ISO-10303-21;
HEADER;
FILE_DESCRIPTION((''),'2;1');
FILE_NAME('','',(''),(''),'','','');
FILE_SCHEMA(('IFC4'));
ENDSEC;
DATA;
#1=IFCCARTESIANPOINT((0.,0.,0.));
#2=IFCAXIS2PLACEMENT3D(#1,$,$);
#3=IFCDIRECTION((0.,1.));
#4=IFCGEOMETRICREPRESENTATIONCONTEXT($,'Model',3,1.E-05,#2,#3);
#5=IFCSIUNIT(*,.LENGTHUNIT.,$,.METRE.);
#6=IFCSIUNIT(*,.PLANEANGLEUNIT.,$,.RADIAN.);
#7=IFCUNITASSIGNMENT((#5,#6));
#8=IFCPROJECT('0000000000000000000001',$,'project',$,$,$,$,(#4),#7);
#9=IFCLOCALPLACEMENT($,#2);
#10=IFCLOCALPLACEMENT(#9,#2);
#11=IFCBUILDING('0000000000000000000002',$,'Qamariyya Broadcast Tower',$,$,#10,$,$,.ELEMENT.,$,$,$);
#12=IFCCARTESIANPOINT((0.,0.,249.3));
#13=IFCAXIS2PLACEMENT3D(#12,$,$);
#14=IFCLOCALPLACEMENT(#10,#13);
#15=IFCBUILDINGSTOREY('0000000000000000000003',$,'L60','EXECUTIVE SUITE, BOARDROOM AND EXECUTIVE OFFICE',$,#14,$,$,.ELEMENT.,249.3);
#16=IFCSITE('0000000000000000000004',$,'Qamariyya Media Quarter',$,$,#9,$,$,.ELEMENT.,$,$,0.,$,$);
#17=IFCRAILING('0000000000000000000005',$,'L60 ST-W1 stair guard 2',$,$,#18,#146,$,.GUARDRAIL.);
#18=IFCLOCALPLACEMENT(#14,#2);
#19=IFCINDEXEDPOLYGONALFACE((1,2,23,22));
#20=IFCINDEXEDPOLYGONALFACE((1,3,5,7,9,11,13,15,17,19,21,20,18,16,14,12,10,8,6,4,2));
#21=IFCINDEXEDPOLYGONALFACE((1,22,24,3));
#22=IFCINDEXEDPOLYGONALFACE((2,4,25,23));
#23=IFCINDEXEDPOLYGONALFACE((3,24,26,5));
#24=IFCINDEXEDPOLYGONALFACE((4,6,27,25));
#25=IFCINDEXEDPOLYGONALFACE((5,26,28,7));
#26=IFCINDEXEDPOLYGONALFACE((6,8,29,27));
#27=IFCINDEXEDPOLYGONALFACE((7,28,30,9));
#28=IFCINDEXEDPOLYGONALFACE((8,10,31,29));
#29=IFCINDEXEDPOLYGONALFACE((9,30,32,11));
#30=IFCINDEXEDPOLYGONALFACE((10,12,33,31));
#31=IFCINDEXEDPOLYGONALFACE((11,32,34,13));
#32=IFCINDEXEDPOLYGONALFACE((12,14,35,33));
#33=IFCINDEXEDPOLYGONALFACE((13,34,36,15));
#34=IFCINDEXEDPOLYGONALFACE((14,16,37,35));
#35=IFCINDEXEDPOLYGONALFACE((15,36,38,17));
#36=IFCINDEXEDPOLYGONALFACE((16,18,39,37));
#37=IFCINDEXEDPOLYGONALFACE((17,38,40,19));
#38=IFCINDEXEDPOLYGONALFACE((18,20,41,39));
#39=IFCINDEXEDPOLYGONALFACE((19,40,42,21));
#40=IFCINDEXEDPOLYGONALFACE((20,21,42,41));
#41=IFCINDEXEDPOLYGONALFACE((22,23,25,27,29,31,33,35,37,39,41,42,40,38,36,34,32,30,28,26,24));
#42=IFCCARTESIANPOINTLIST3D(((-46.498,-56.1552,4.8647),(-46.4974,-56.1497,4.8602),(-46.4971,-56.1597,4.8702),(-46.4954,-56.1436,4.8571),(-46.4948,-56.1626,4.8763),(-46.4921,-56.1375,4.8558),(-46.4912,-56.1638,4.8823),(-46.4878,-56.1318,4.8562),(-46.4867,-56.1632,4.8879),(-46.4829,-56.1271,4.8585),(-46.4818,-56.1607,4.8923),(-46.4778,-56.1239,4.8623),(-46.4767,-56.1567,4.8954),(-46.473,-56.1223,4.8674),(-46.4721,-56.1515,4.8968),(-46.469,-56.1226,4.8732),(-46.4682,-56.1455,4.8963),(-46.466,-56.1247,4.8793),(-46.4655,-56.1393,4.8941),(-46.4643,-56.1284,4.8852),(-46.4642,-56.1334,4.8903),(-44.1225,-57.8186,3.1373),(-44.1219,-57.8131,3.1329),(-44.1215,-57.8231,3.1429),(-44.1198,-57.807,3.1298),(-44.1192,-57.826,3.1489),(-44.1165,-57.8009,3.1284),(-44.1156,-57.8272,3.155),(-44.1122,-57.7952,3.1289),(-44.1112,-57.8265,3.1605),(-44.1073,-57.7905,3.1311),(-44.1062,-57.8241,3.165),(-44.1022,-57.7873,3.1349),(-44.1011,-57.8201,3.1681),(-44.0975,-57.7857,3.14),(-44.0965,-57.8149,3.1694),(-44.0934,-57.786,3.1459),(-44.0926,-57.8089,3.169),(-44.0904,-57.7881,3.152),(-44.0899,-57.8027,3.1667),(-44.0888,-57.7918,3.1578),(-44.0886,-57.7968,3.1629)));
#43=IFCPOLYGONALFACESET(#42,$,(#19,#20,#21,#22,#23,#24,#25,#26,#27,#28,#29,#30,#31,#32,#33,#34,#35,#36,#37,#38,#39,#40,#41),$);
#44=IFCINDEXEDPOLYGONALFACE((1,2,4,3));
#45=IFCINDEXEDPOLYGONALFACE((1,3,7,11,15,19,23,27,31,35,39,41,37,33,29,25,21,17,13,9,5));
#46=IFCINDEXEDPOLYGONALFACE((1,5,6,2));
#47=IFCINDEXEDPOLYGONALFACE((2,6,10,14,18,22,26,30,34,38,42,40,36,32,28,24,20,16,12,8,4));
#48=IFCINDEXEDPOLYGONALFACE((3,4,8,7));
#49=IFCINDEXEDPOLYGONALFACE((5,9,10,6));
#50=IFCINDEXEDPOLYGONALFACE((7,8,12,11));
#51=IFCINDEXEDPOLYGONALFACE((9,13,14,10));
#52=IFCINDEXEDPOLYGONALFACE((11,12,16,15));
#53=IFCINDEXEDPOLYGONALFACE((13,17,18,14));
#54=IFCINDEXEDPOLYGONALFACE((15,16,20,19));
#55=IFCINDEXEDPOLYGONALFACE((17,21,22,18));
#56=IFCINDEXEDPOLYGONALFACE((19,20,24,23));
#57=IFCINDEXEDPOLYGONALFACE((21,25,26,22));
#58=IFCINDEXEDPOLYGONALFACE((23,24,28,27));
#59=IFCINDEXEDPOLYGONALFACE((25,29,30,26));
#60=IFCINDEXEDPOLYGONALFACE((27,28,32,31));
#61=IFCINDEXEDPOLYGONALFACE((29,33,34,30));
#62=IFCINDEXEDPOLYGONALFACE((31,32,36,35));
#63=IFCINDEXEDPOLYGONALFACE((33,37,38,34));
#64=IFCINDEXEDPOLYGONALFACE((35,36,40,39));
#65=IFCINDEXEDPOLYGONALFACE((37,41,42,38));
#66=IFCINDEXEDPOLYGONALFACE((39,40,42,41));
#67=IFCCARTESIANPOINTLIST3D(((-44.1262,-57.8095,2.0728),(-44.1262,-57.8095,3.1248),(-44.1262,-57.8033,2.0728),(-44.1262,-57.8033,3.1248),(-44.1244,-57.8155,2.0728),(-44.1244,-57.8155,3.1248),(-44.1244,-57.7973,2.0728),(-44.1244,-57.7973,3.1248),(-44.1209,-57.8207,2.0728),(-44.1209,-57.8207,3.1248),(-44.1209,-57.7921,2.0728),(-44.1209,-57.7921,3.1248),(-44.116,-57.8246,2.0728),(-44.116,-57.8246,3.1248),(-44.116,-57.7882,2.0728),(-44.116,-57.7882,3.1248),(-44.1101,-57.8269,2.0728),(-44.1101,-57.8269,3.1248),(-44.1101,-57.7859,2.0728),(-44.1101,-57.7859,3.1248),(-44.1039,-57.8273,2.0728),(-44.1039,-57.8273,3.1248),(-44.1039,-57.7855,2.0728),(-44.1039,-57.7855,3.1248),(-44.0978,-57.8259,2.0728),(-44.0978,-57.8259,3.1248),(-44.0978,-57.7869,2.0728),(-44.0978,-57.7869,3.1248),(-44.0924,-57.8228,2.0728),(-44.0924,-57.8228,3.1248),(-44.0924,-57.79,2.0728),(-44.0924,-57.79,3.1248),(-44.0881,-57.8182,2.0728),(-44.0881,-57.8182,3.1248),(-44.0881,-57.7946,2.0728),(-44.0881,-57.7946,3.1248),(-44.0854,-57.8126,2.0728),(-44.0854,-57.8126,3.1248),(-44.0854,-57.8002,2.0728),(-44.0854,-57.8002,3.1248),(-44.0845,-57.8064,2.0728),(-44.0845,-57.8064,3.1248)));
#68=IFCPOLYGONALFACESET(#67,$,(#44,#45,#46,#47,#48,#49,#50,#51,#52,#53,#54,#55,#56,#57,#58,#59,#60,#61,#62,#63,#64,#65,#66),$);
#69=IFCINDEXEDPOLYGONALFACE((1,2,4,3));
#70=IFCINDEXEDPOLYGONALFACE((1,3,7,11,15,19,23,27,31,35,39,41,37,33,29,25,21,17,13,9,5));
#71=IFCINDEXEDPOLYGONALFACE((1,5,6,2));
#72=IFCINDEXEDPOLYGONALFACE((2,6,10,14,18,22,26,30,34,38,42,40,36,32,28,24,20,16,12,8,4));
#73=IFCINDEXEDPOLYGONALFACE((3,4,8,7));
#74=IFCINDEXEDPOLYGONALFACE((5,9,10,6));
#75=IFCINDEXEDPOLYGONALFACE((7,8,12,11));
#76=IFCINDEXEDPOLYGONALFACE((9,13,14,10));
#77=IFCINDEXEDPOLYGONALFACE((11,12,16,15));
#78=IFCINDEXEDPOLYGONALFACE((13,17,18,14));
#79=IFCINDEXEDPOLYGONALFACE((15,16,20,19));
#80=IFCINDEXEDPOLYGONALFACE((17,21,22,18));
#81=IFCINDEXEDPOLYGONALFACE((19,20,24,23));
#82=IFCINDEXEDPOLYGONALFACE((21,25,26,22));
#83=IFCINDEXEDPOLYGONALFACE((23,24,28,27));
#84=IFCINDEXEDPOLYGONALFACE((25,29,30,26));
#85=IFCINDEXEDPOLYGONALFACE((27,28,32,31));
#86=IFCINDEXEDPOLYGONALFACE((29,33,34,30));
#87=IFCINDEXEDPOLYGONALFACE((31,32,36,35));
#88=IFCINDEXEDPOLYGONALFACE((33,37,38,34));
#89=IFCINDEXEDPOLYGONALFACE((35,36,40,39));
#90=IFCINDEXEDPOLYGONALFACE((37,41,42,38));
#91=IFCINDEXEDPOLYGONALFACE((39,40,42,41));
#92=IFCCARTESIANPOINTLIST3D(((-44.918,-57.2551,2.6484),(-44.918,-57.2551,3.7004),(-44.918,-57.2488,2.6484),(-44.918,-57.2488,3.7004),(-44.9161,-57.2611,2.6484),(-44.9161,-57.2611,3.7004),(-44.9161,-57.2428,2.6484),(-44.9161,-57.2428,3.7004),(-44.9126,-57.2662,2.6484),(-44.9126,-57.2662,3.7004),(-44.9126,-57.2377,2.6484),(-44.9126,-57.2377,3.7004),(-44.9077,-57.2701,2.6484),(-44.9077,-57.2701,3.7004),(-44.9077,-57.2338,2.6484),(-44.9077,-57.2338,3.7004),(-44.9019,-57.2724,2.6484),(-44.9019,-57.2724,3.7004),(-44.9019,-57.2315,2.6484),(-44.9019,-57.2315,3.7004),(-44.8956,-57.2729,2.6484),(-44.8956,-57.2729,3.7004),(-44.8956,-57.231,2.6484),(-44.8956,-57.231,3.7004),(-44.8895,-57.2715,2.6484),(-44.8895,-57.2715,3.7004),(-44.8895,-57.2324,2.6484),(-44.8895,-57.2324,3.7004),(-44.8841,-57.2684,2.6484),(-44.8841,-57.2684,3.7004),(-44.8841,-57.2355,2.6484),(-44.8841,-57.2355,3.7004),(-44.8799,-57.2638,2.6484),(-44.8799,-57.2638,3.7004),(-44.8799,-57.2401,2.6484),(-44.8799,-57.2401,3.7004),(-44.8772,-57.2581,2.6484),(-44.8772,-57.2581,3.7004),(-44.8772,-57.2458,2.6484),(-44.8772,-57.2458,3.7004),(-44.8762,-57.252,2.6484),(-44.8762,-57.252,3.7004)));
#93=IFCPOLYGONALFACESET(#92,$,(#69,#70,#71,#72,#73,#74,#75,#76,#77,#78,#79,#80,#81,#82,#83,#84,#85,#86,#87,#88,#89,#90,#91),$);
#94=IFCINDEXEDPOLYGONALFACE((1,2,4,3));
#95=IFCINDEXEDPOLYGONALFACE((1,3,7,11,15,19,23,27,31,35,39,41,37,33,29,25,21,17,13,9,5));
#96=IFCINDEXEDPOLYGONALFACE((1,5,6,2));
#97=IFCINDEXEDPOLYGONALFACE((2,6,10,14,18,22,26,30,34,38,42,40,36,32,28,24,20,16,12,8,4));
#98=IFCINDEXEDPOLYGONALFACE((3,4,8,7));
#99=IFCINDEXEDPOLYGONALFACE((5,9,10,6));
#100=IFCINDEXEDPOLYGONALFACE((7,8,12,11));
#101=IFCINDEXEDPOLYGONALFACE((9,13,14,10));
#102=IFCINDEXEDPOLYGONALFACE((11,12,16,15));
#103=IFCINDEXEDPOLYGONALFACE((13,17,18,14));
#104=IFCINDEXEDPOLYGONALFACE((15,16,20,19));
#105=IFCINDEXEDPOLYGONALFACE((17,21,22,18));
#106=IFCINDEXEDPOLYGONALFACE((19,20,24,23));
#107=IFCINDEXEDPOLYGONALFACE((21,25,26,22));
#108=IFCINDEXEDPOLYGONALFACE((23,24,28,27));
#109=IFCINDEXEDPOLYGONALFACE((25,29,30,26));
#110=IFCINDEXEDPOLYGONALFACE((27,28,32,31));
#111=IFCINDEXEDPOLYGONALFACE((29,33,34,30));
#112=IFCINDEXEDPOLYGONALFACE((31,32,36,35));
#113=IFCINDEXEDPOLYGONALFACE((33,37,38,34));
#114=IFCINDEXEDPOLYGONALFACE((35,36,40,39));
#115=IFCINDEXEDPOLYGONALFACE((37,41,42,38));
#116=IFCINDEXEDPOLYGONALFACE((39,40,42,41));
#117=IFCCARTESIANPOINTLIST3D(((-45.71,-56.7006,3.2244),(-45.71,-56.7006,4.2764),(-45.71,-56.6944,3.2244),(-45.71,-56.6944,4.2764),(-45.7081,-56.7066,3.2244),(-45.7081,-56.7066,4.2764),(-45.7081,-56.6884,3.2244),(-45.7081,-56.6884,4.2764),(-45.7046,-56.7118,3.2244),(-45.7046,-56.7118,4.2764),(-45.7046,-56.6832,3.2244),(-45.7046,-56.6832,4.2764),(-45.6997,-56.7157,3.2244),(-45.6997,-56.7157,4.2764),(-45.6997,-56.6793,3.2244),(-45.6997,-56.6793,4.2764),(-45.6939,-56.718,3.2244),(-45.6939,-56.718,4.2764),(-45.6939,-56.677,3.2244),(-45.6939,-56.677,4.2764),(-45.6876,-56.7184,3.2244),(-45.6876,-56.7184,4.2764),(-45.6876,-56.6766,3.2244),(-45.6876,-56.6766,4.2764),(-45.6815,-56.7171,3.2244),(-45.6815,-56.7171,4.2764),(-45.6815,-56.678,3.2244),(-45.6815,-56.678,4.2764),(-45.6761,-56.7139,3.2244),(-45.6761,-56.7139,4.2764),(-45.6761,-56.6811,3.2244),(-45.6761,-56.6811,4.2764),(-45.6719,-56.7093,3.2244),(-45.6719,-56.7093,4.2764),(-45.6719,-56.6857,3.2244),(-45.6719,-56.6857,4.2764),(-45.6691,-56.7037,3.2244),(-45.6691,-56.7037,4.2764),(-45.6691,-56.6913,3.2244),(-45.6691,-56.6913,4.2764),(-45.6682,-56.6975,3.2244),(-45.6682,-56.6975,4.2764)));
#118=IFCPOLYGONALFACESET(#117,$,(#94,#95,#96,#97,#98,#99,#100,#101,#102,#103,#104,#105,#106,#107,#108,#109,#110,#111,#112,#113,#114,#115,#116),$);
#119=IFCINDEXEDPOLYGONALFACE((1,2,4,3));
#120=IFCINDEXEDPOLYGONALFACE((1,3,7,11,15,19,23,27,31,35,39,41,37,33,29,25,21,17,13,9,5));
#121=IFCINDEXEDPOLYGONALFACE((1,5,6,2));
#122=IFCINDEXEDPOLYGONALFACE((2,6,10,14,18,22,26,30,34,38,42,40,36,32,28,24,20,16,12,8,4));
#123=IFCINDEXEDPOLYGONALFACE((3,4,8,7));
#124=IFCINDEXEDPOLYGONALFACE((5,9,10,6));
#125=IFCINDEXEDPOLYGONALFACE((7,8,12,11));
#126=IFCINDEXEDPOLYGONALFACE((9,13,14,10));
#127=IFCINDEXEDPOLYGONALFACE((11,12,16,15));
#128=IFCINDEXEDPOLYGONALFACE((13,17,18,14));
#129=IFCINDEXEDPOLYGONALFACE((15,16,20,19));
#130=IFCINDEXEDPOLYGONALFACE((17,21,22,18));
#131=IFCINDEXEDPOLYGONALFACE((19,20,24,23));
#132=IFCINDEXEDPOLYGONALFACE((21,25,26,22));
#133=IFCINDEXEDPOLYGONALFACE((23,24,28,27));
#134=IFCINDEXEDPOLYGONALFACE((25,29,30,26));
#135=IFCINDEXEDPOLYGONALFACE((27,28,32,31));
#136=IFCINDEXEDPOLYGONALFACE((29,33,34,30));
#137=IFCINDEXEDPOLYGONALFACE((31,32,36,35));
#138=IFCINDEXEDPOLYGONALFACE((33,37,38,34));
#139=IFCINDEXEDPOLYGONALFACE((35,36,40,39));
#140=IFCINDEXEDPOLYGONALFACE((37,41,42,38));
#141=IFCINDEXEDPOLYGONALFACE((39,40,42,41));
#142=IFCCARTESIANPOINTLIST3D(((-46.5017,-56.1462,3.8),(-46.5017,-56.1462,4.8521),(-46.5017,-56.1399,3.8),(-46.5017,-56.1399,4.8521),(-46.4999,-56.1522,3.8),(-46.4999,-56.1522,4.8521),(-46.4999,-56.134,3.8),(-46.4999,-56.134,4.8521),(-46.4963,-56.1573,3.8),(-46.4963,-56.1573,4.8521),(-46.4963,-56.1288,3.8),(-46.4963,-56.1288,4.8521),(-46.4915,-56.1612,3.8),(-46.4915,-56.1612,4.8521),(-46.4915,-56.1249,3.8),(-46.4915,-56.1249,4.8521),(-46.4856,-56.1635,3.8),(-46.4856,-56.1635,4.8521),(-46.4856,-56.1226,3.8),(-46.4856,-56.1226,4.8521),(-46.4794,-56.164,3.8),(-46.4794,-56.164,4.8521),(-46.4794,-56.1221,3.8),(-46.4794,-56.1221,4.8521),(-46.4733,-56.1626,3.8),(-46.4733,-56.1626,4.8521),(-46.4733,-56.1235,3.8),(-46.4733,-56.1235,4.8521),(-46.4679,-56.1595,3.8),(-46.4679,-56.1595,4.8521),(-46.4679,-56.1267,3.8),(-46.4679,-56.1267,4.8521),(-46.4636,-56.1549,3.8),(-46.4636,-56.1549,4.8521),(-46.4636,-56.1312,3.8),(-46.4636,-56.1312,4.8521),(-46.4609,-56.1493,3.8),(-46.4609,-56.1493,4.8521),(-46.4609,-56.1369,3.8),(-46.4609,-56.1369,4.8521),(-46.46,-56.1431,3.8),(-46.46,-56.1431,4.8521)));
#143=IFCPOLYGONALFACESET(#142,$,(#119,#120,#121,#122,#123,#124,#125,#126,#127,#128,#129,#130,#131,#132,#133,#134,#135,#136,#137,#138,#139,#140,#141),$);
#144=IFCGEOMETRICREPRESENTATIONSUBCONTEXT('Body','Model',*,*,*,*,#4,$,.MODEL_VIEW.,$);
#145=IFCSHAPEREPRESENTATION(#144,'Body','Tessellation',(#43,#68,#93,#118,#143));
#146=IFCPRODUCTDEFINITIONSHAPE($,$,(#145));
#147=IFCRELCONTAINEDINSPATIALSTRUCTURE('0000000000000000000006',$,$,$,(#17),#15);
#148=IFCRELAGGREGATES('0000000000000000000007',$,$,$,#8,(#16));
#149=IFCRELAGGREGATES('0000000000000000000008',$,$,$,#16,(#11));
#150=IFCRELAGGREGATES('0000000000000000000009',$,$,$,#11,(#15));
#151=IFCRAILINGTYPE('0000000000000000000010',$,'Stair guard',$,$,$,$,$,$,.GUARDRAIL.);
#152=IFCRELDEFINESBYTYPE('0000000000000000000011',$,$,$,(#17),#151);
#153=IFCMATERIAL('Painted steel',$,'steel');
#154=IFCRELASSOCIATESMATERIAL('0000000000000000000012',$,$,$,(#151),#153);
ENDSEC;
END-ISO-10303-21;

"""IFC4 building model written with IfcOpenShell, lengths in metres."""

from ifc_helpers import new_model, si_unit, direction, frame, origin, origin_2d, place, context, subcontext, project, spatial, circle, extrude, material, type_object, element, save


model = new_model("IFC4")

# Units and contexts
model_context = context("Model", 3, precision=1e-05, world=origin(), true_north=direction((0.0, 1.0)))
body_context = subcontext(model_context, "Body", "Model", "MODEL_VIEW")
ifc_project = project(units=[si_unit("LENGTHUNIT", "METRE"), si_unit("PLANEANGLEUNIT", "RADIAN")], contexts=[model_context])

# Site, building, storey
site_placement = place(None, origin())
site = spatial("IfcSite", under=ifc_project, at=site_placement, Name="Qamariyya Media Quarter", CompositionType="ELEMENT", RefElevation=0.0)
building_placement = place(site_placement, origin())
building = spatial("IfcBuilding", under=site, at=building_placement, Name="Qamariyya Broadcast Tower", CompositionType="ELEMENT")
storey_placement = place(building_placement, frame((0.0, 0.0, 249.3)))
storey = spatial("IfcBuildingStorey", under=building, at=storey_placement, Name="L60", Description="EXECUTIVE SUITE, BOARDROOM AND EXECUTIVE OFFICE", CompositionType="ELEMENT", Elevation=249.3)

# Railing
ifc_material_1 = material(Name="Painted steel", Category="steel")
railing_type_1 = type_object("IfcRailingType", Name="Stair guard", PredefinedType="GUARDRAIL", material=ifc_material_1)
railing_1_placement = place(storey_placement, frame((-44.1055, -57.8064, 2.0728)))
element("IfcRailing", 1, at=railing_1_placement, inside=storey, type_object=railing_type_1, Name="L60 ST-W1 stair guard 2", PredefinedType="GUARDRAIL", context=body_context, shape_type="SweptSolid", body=[
    extrude(circle(Radius=0.0239, at=origin_2d()), frame((0.0, 0.0, 1.0762), z_axis=(-0.70377, 0.492784, 0.511734), x_axis=(-0.573575, -0.819153, 0.0)), (0.0, 0.0, 1.0), 3.3755),
    extrude(circle(Radius=0.021, at=origin_2d()), origin(), (0.0, 0.0, 1.0), 1.052),
    extrude(circle(Radius=0.021, at=origin_2d()), frame((-0.7917, 0.5544, 0.5757)), (0.0, 0.0, 1.0), 1.052),
    extrude(circle(Radius=0.021, at=origin_2d()), frame((-1.5837, 1.1089, 1.1516)), (0.0, 0.0, 1.0), 1.052),
    extrude(circle(Radius=0.021, at=origin_2d()), frame((-2.3755, 1.6633, 1.7273)), (0.0, 0.0, 1.0), 1.052),
])

save(model, "model.ifc")
